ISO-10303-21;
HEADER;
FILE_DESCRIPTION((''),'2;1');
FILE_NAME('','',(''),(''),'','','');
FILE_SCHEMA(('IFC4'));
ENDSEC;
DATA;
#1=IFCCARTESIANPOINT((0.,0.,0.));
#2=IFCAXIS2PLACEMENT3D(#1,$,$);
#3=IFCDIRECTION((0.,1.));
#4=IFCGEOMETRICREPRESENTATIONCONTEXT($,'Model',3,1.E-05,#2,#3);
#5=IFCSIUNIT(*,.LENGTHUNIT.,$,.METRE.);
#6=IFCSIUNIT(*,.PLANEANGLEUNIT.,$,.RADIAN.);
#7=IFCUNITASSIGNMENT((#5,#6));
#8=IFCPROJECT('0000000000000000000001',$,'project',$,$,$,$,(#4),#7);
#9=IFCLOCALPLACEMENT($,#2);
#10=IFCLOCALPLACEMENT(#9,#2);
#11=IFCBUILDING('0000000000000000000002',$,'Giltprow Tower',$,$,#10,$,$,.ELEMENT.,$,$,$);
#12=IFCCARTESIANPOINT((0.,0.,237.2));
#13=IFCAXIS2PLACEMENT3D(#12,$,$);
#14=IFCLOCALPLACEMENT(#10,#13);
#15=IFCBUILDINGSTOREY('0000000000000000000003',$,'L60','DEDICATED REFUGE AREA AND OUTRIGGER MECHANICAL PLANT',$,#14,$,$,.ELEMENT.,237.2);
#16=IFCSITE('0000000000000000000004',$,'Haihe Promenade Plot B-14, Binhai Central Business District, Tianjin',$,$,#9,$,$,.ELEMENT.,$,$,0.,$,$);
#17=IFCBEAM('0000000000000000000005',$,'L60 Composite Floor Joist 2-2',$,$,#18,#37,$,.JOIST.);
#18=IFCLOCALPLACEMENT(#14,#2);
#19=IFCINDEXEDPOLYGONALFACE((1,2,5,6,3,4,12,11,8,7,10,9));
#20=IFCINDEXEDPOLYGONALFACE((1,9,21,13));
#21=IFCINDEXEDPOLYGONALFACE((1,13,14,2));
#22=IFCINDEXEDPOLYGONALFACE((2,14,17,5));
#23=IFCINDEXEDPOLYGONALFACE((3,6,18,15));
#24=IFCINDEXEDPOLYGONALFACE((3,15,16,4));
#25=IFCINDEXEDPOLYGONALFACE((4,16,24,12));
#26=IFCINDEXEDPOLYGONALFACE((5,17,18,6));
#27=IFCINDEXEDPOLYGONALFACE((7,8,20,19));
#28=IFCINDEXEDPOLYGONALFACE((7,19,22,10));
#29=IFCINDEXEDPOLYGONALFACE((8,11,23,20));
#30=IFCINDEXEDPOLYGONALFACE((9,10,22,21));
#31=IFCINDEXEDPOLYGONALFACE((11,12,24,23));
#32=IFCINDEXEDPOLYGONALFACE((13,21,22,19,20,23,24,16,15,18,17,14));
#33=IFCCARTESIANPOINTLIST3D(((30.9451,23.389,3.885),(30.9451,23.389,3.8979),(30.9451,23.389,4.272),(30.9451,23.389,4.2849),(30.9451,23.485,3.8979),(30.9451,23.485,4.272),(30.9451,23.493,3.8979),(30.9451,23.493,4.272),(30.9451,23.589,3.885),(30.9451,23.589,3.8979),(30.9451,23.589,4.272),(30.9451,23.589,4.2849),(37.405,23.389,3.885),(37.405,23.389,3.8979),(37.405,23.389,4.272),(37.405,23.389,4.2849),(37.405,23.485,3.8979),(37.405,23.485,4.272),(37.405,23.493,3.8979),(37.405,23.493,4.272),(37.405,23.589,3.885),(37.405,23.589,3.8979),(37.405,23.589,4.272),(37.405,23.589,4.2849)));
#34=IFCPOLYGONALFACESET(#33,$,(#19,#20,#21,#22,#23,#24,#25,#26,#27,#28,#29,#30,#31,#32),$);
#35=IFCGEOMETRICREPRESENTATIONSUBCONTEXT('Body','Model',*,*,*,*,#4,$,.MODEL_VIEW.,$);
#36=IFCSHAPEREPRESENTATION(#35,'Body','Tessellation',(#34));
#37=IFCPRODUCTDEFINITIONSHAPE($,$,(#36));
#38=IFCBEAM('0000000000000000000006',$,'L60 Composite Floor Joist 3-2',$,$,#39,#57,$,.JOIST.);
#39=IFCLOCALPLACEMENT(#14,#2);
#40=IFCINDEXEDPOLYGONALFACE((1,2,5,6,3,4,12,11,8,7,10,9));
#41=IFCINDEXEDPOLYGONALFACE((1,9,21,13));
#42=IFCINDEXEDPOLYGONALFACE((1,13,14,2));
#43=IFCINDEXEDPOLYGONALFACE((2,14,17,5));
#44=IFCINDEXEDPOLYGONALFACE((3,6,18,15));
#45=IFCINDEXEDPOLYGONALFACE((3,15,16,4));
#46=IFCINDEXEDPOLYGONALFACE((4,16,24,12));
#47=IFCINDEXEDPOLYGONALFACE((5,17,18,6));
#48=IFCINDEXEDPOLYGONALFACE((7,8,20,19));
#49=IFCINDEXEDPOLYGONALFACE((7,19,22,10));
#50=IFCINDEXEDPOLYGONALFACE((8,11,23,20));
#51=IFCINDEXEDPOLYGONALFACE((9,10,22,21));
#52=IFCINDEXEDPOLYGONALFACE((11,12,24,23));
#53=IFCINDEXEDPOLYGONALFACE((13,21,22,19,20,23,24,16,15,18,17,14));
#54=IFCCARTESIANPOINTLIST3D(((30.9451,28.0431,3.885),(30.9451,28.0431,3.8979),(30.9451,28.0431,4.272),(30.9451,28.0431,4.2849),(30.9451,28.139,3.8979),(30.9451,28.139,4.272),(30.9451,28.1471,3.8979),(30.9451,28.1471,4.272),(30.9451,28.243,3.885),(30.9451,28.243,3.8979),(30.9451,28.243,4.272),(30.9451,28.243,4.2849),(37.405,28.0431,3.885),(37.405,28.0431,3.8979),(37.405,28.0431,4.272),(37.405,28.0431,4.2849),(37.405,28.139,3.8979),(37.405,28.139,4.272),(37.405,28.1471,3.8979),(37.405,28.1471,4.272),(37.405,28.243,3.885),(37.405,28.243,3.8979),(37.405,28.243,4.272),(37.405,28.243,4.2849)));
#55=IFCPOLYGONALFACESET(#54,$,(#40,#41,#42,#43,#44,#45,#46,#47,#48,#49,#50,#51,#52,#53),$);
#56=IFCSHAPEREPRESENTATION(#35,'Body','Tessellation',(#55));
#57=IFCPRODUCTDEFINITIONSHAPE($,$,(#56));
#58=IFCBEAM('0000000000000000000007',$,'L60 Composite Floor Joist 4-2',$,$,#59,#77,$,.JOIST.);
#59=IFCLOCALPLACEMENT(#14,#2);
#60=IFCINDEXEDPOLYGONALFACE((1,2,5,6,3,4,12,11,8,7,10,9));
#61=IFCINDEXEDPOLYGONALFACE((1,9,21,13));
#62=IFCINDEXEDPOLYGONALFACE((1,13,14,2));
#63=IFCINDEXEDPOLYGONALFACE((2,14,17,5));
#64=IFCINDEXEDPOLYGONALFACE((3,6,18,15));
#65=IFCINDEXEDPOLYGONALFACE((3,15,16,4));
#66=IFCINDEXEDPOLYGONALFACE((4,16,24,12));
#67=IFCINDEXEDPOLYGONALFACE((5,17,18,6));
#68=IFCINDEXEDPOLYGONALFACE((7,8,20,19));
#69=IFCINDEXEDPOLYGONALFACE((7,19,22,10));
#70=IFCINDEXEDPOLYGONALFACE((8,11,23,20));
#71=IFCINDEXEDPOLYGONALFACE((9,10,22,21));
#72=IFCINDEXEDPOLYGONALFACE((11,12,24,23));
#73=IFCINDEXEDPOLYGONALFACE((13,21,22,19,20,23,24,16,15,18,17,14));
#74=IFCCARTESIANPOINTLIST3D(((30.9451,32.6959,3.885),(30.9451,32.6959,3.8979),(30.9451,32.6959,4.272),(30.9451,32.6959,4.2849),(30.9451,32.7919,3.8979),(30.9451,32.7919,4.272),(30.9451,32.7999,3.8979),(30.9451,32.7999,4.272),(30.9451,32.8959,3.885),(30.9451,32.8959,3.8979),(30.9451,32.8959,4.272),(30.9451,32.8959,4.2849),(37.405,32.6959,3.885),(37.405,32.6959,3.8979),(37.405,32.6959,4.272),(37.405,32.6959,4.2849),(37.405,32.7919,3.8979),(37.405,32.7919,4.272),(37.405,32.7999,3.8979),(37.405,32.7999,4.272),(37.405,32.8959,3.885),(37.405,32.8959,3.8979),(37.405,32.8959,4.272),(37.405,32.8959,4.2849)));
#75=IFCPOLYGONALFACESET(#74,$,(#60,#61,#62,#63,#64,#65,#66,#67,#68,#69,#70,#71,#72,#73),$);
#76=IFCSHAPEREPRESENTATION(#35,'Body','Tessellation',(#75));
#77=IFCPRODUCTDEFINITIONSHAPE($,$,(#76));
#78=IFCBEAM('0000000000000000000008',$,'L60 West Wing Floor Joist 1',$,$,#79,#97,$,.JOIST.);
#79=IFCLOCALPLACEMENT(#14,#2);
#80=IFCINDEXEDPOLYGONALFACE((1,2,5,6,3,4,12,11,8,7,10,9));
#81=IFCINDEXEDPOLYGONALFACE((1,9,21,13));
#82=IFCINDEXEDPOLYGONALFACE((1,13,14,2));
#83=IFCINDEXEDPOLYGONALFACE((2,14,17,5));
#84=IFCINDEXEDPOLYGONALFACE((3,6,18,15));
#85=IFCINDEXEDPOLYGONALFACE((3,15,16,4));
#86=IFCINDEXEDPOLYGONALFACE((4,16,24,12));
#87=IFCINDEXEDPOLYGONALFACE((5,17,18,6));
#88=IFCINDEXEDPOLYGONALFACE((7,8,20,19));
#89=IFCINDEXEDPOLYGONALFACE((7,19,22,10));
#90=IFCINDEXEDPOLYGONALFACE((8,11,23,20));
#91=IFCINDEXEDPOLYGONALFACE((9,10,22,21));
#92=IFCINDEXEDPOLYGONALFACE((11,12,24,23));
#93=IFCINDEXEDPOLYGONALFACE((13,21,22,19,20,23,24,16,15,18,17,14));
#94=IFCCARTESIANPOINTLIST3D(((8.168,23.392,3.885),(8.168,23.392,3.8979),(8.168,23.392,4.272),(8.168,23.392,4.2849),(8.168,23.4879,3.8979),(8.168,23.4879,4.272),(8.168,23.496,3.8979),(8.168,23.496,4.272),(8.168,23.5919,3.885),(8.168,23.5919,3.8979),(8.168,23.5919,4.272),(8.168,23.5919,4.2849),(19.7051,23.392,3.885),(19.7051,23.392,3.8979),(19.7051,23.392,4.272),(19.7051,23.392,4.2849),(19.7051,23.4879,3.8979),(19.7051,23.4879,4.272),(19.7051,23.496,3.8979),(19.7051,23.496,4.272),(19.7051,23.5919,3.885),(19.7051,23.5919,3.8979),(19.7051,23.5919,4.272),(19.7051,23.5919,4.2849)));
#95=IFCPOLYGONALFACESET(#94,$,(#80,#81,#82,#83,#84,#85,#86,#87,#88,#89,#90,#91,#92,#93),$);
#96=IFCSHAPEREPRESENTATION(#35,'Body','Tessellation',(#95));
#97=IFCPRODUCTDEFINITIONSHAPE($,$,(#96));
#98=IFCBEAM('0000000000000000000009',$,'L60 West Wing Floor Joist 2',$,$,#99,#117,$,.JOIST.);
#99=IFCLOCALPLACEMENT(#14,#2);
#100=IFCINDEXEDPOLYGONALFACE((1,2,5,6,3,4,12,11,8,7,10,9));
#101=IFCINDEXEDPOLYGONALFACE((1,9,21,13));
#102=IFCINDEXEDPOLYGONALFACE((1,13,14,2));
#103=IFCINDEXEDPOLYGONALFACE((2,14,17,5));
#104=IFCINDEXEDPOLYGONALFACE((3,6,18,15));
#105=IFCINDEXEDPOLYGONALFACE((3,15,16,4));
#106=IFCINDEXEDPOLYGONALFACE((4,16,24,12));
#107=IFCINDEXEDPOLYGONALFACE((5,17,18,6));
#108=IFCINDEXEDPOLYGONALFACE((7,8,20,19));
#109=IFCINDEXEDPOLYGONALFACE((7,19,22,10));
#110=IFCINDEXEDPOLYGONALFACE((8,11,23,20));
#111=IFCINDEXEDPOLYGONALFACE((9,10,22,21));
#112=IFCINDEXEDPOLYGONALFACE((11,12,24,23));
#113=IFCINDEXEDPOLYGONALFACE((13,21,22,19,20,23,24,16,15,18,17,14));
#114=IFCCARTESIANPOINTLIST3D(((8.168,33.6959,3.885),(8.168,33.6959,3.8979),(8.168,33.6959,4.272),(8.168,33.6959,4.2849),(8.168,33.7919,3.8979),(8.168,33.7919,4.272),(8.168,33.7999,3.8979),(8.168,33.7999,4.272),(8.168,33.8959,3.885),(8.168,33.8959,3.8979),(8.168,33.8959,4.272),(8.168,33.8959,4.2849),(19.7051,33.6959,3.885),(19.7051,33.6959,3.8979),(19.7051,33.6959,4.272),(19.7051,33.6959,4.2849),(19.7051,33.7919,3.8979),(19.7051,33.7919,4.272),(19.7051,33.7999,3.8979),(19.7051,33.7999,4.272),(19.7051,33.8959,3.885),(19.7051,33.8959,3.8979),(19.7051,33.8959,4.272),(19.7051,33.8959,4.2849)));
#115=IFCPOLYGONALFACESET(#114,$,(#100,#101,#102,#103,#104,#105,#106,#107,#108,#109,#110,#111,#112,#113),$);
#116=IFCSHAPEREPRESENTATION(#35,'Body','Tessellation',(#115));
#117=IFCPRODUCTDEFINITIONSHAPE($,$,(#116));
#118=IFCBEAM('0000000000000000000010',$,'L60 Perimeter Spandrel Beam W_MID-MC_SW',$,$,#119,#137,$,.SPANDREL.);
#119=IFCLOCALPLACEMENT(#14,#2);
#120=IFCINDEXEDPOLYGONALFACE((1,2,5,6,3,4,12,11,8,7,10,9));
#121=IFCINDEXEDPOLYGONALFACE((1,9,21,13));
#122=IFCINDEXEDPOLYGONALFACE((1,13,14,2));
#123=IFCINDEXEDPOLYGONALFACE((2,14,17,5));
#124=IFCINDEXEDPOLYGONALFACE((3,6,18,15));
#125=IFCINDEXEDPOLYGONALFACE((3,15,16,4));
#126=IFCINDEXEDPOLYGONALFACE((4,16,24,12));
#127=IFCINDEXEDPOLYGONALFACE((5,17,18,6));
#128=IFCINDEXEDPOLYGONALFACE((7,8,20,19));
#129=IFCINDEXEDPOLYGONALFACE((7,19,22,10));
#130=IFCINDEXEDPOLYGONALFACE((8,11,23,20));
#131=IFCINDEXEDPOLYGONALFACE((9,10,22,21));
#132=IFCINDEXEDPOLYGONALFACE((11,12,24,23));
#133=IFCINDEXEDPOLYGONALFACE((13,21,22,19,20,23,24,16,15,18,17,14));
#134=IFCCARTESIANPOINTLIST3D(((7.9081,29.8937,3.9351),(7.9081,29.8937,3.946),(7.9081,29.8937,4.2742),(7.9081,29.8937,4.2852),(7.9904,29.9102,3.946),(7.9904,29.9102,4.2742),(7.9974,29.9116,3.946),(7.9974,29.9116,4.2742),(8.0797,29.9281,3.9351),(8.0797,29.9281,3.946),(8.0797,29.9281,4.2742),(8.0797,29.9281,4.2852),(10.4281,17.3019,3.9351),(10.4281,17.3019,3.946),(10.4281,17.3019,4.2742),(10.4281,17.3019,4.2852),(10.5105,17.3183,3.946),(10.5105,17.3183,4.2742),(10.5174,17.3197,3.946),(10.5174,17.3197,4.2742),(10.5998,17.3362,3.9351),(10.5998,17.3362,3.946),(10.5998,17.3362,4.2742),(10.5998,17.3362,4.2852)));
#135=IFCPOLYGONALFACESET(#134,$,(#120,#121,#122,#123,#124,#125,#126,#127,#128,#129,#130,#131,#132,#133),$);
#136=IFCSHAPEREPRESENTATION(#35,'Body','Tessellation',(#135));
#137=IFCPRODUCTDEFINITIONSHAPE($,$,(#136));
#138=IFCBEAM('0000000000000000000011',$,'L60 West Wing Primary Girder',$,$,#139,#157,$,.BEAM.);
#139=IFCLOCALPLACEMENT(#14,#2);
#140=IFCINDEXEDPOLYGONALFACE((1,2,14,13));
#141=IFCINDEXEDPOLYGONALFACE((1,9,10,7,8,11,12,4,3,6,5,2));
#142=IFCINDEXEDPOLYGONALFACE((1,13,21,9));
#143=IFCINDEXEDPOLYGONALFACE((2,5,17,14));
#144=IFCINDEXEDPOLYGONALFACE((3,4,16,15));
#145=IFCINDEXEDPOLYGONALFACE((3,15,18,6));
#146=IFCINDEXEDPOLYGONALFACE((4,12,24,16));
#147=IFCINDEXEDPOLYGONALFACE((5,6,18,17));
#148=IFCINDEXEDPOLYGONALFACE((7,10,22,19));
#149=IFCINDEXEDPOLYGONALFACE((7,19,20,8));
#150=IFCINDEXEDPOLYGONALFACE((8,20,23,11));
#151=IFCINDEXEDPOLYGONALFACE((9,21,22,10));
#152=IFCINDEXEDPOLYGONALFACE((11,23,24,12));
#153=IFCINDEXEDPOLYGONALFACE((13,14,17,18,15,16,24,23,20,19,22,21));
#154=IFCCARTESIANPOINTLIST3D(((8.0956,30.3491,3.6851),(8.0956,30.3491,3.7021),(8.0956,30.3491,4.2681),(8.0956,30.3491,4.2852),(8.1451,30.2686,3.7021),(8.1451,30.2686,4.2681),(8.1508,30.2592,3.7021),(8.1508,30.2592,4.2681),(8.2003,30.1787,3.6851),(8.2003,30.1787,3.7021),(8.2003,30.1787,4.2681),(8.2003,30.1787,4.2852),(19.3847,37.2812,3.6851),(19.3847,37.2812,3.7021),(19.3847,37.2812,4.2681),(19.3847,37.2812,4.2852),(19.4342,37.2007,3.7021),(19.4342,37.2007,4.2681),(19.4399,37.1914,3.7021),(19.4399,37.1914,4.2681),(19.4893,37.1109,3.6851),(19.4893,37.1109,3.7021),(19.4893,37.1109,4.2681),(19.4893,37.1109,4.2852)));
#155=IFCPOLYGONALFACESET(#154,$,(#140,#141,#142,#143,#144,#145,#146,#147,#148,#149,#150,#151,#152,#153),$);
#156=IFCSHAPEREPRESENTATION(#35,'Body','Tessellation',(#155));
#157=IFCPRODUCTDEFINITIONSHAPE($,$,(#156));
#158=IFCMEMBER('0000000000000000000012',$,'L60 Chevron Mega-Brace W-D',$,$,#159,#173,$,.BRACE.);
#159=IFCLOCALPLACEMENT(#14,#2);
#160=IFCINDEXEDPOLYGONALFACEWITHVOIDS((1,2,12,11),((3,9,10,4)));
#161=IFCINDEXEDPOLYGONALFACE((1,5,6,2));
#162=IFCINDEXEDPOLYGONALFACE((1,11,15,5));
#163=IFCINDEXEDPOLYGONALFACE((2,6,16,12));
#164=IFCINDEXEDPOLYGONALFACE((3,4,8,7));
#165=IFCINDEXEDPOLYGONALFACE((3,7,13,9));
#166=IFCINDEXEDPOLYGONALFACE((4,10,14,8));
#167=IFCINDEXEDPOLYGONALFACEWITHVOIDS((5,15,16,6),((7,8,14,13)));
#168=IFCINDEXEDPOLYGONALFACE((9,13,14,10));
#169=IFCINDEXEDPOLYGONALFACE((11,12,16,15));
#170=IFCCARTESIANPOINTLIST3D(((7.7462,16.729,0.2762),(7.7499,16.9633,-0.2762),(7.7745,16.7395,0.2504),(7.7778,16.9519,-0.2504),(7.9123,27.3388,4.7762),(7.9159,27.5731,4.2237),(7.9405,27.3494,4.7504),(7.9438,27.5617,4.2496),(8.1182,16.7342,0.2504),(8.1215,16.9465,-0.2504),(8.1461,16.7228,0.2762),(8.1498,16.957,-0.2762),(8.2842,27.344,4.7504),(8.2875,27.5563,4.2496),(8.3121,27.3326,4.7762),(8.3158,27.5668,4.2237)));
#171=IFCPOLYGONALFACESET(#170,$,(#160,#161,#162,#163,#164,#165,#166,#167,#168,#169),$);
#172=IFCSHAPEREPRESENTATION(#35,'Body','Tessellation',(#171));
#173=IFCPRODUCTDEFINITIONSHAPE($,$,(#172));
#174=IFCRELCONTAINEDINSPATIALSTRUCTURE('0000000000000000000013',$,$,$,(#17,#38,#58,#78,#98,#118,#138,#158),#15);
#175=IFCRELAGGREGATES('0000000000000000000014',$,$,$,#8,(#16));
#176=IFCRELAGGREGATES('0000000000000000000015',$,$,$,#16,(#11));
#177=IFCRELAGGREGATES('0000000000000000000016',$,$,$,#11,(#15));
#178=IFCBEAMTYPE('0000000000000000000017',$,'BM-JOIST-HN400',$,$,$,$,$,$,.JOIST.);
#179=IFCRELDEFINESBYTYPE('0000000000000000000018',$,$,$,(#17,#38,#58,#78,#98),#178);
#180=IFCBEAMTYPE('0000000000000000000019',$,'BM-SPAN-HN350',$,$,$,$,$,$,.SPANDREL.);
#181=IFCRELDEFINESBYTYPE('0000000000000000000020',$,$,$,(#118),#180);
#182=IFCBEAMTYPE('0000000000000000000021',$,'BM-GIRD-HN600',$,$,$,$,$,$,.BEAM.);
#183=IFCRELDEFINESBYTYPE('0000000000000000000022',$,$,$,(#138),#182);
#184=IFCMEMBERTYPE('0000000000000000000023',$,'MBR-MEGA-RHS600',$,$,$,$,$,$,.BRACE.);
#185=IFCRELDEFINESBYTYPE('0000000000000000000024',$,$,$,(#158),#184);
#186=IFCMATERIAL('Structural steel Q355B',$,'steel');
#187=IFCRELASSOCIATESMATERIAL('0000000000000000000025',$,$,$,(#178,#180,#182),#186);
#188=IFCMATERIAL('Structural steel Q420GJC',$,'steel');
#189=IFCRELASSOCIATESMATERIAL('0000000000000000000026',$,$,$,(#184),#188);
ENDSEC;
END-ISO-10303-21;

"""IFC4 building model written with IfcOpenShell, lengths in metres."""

from ifc_helpers import new_model, si_unit, direction, frame, origin, origin_2d, place, context, subcontext, project, spatial, hollow_rectangle, i_section, extrude, source, transform, mapped, material, material_profile, profile_set, type_object, element, save


model = new_model("IFC4")

# Units and contexts
model_context = context("Model", 3, precision=1e-05, world=origin(), true_north=direction((0.0, 1.0)))
body_context = subcontext(model_context, "Body", "Model", "MODEL_VIEW")
ifc_project = project(units=[si_unit("LENGTHUNIT", "METRE"), si_unit("PLANEANGLEUNIT", "RADIAN")], contexts=[model_context])

# Site, building, storey
site_placement = place(None, origin())
site = spatial("IfcSite", under=ifc_project, at=site_placement, Name="Haihe Promenade Plot B-14, Binhai Central Business District, Tianjin", CompositionType="ELEMENT", RefElevation=0.0)
building_placement = place(site_placement, origin())
building = spatial("IfcBuilding", under=site, at=building_placement, Name="Giltprow Tower", CompositionType="ELEMENT")
storey_placement = place(building_placement, frame((0.0, 0.0, 237.2)))
storey = spatial("IfcBuildingStorey", under=building, at=storey_placement, Name="L60", Description="DEDICATED REFUGE AREA AND OUTRIGGER MECHANICAL PLANT", CompositionType="ELEMENT", Elevation=237.2)

# Shared definitions
ifc_material_1 = material(Name="Structural steel Q420GJC", Category="steel")
ifc_material_2 = material(Name="Structural steel Q355B", Category="steel")

# Beams
ifc_material_profile_1 = material_profile(ifc_material_2, i_section(OverallWidth=0.2, OverallDepth=0.3999, WebThickness=0.0081, FlangeThickness=0.0129, at=origin_2d()), Name="HN 400x200x8x13")
ifc_profile_set_1 = profile_set([ifc_material_profile_1], Name="Structural steel Q355B")
beam_type_1 = type_object("IfcBeamType", Name="BM-JOIST-HN400", PredefinedType="JOIST", material=ifc_profile_set_1)
shared_shape_1 = source(origin(), body_context, "Body", "SweptSolid", [
    extrude(i_section(OverallWidth=0.2, OverallDepth=0.3999, WebThickness=0.0081, FlangeThickness=0.0129, at=origin_2d()), origin(), (0.0, 0.0, 1.0), 6.46),
])
for number, where, z_axis, x_axis, name in (
    (1, (30.9451, 23.489, 4.085), (1.0, 0.0, 0.0), (0.0, 1.0, 0.0), "L60 Composite Floor Joist 2-2"),
    (2, (30.9451, 28.1431, 4.085), (1.0, 0.0, 0.0), (0.0, 1.0, 0.0), "L60 Composite Floor Joist 3-2"),
    (3, (30.9451, 32.7959, 4.085), (1.0, 0.0, 0.0), (0.0, 1.0, 0.0), "L60 Composite Floor Joist 4-2"),
):
    element("IfcBeam", number, at=place(storey_placement, frame(where, z_axis=z_axis, x_axis=x_axis)), inside=storey, type_object=beam_type_1, Name=name, PredefinedType="JOIST", context=body_context, shape_type="MappedRepresentation", body=[
        mapped(shared_shape_1, transform((0.0, 0.0, 0.0), x_axis=(1.0, 0.0, 0.0), y_axis=(0.0, 1.0, 0.0), z_axis=(0.0, 0.0, 1.0), scale=1.0)),
    ])
shared_shape_2 = source(origin(), body_context, "Body", "SweptSolid", [
    extrude(i_section(OverallWidth=0.2, OverallDepth=0.3999, WebThickness=0.0081, FlangeThickness=0.0129, at=origin_2d()), origin(), (0.0, 0.0, 1.0), 11.5371),
])
for number, where, z_axis, x_axis, name in (
    (4, (8.168, 23.4919, 4.085), (1.0, 0.0, 0.0), (0.0, 1.0, 0.0), "L60 West Wing Floor Joist 1"),
    (5, (8.168, 33.7959, 4.085), (1.0, 0.0, 0.0), (0.0, 1.0, 0.0), "L60 West Wing Floor Joist 2"),
):
    element("IfcBeam", number, at=place(storey_placement, frame(where, z_axis=z_axis, x_axis=x_axis)), inside=storey, type_object=beam_type_1, Name=name, PredefinedType="JOIST", context=body_context, shape_type="MappedRepresentation", body=[
        mapped(shared_shape_2, transform((0.0, 0.0, 0.0), x_axis=(1.0, 0.0, 0.0), y_axis=(0.0, 1.0, 0.0), z_axis=(0.0, 0.0, 1.0), scale=1.0)),
    ])
ifc_material_profile_2 = material_profile(ifc_material_2, i_section(OverallWidth=0.175, OverallDepth=0.3501, WebThickness=0.0071, FlangeThickness=0.011, at=origin_2d()), Name="HN 350x175x7x11")
ifc_profile_set_2 = profile_set([ifc_material_profile_2], Name="Structural steel Q355B")
beam_type_2 = type_object("IfcBeamType", Name="BM-SPAN-HN350", PredefinedType="SPANDREL", material=ifc_profile_set_2)
shared_shape_3 = source(origin(), body_context, "Body", "SweptSolid", [
    extrude(i_section(OverallWidth=0.175, OverallDepth=0.3501, WebThickness=0.0071, FlangeThickness=0.011, at=origin_2d()), origin(), (0.0, 0.0, 1.0), 12.8416),
])
beam_1_placement = place(storey_placement, frame((7.9939, 29.9109, 4.1101), z_axis=(0.19624, -0.980556, 0.0), x_axis=(0.980556, 0.19624, 0.0)))
element("IfcBeam", 6, at=beam_1_placement, inside=storey, type_object=beam_type_2, Name="L60 Perimeter Spandrel Beam W_MID-MC_SW", PredefinedType="SPANDREL", context=body_context, shape_type="MappedRepresentation", body=[
    mapped(shared_shape_3, transform((0.0, 0.0, 0.0), x_axis=(1.0, 0.0, 0.0), y_axis=(0.0, 1.0, 0.0), z_axis=(0.0, 0.0, 1.0), scale=1.0)),
])
ifc_material_profile_3 = material_profile(ifc_material_2, i_section(OverallWidth=0.2, OverallDepth=0.6001, WebThickness=0.011, FlangeThickness=0.0171, at=origin_2d()), Name="HN 600x200x11x17")
ifc_profile_set_3 = profile_set([ifc_material_profile_3], Name="Structural steel Q355B")
beam_type_3 = type_object("IfcBeamType", Name="BM-GIRD-HN600", PredefinedType="BEAM", material=ifc_profile_set_3)
shared_shape_4 = source(origin(), body_context, "Body", "SweptSolid", [
    extrude(i_section(OverallWidth=0.2, OverallDepth=0.6001, WebThickness=0.011, FlangeThickness=0.0171, at=origin_2d()), origin(), (0.0, 0.0, 1.0), 13.2476),
])
beam_2_placement = place(storey_placement, frame((8.1479, 30.2639, 3.9851), z_axis=(0.852163, 0.523277, 0.0), x_axis=(-0.523277, 0.852163, 0.0)))
element("IfcBeam", 7, at=beam_2_placement, inside=storey, type_object=beam_type_3, Name="L60 West Wing Primary Girder", PredefinedType="BEAM", context=body_context, shape_type="MappedRepresentation", body=[
    mapped(shared_shape_4, transform((0.0, 0.0, 0.0), x_axis=(1.0, 0.0, 0.0), y_axis=(0.0, 1.0, 0.0), z_axis=(0.0, 0.0, 1.0), scale=1.0)),
])

# Member
ifc_material_profile_4 = material_profile(ifc_material_1, hollow_rectangle(XDim=0.3999, YDim=0.6001, WallThickness=0.0281, at=origin_2d()), Name="RHS 600x400x28")
ifc_profile_set_4 = profile_set([ifc_material_profile_4], Name="Structural steel Q420GJC")
member_type = type_object("IfcMemberType", Name="MBR-MEGA-RHS600", PredefinedType="BRACE", material=ifc_profile_set_4)
shared_shape_5 = source(origin(), body_context, "Body", "SweptSolid", [
    extrude(hollow_rectangle(XDim=0.3999, YDim=0.6001, WallThickness=0.0281, at=origin_2d()), origin(), (0.0, 0.0, 1.0), 11.5259),
])
member_placement = place(storey_placement, frame((7.948, 16.843, 0.0), z_axis=(0.014404, 0.920522, 0.390424), x_axis=(-0.999878, 0.015645, 0.0)))
element("IfcMember", 8, at=member_placement, inside=storey, type_object=member_type, Name="L60 Chevron Mega-Brace W-D", PredefinedType="BRACE", context=body_context, shape_type="MappedRepresentation", body=[
    mapped(shared_shape_5, transform((0.0, 0.0, 0.0), x_axis=(1.0, 0.0, 0.0), y_axis=(0.0, 1.0, 0.0), z_axis=(0.0, 0.0, 1.0), scale=1.0)),
])

save(model, "model.ifc")
